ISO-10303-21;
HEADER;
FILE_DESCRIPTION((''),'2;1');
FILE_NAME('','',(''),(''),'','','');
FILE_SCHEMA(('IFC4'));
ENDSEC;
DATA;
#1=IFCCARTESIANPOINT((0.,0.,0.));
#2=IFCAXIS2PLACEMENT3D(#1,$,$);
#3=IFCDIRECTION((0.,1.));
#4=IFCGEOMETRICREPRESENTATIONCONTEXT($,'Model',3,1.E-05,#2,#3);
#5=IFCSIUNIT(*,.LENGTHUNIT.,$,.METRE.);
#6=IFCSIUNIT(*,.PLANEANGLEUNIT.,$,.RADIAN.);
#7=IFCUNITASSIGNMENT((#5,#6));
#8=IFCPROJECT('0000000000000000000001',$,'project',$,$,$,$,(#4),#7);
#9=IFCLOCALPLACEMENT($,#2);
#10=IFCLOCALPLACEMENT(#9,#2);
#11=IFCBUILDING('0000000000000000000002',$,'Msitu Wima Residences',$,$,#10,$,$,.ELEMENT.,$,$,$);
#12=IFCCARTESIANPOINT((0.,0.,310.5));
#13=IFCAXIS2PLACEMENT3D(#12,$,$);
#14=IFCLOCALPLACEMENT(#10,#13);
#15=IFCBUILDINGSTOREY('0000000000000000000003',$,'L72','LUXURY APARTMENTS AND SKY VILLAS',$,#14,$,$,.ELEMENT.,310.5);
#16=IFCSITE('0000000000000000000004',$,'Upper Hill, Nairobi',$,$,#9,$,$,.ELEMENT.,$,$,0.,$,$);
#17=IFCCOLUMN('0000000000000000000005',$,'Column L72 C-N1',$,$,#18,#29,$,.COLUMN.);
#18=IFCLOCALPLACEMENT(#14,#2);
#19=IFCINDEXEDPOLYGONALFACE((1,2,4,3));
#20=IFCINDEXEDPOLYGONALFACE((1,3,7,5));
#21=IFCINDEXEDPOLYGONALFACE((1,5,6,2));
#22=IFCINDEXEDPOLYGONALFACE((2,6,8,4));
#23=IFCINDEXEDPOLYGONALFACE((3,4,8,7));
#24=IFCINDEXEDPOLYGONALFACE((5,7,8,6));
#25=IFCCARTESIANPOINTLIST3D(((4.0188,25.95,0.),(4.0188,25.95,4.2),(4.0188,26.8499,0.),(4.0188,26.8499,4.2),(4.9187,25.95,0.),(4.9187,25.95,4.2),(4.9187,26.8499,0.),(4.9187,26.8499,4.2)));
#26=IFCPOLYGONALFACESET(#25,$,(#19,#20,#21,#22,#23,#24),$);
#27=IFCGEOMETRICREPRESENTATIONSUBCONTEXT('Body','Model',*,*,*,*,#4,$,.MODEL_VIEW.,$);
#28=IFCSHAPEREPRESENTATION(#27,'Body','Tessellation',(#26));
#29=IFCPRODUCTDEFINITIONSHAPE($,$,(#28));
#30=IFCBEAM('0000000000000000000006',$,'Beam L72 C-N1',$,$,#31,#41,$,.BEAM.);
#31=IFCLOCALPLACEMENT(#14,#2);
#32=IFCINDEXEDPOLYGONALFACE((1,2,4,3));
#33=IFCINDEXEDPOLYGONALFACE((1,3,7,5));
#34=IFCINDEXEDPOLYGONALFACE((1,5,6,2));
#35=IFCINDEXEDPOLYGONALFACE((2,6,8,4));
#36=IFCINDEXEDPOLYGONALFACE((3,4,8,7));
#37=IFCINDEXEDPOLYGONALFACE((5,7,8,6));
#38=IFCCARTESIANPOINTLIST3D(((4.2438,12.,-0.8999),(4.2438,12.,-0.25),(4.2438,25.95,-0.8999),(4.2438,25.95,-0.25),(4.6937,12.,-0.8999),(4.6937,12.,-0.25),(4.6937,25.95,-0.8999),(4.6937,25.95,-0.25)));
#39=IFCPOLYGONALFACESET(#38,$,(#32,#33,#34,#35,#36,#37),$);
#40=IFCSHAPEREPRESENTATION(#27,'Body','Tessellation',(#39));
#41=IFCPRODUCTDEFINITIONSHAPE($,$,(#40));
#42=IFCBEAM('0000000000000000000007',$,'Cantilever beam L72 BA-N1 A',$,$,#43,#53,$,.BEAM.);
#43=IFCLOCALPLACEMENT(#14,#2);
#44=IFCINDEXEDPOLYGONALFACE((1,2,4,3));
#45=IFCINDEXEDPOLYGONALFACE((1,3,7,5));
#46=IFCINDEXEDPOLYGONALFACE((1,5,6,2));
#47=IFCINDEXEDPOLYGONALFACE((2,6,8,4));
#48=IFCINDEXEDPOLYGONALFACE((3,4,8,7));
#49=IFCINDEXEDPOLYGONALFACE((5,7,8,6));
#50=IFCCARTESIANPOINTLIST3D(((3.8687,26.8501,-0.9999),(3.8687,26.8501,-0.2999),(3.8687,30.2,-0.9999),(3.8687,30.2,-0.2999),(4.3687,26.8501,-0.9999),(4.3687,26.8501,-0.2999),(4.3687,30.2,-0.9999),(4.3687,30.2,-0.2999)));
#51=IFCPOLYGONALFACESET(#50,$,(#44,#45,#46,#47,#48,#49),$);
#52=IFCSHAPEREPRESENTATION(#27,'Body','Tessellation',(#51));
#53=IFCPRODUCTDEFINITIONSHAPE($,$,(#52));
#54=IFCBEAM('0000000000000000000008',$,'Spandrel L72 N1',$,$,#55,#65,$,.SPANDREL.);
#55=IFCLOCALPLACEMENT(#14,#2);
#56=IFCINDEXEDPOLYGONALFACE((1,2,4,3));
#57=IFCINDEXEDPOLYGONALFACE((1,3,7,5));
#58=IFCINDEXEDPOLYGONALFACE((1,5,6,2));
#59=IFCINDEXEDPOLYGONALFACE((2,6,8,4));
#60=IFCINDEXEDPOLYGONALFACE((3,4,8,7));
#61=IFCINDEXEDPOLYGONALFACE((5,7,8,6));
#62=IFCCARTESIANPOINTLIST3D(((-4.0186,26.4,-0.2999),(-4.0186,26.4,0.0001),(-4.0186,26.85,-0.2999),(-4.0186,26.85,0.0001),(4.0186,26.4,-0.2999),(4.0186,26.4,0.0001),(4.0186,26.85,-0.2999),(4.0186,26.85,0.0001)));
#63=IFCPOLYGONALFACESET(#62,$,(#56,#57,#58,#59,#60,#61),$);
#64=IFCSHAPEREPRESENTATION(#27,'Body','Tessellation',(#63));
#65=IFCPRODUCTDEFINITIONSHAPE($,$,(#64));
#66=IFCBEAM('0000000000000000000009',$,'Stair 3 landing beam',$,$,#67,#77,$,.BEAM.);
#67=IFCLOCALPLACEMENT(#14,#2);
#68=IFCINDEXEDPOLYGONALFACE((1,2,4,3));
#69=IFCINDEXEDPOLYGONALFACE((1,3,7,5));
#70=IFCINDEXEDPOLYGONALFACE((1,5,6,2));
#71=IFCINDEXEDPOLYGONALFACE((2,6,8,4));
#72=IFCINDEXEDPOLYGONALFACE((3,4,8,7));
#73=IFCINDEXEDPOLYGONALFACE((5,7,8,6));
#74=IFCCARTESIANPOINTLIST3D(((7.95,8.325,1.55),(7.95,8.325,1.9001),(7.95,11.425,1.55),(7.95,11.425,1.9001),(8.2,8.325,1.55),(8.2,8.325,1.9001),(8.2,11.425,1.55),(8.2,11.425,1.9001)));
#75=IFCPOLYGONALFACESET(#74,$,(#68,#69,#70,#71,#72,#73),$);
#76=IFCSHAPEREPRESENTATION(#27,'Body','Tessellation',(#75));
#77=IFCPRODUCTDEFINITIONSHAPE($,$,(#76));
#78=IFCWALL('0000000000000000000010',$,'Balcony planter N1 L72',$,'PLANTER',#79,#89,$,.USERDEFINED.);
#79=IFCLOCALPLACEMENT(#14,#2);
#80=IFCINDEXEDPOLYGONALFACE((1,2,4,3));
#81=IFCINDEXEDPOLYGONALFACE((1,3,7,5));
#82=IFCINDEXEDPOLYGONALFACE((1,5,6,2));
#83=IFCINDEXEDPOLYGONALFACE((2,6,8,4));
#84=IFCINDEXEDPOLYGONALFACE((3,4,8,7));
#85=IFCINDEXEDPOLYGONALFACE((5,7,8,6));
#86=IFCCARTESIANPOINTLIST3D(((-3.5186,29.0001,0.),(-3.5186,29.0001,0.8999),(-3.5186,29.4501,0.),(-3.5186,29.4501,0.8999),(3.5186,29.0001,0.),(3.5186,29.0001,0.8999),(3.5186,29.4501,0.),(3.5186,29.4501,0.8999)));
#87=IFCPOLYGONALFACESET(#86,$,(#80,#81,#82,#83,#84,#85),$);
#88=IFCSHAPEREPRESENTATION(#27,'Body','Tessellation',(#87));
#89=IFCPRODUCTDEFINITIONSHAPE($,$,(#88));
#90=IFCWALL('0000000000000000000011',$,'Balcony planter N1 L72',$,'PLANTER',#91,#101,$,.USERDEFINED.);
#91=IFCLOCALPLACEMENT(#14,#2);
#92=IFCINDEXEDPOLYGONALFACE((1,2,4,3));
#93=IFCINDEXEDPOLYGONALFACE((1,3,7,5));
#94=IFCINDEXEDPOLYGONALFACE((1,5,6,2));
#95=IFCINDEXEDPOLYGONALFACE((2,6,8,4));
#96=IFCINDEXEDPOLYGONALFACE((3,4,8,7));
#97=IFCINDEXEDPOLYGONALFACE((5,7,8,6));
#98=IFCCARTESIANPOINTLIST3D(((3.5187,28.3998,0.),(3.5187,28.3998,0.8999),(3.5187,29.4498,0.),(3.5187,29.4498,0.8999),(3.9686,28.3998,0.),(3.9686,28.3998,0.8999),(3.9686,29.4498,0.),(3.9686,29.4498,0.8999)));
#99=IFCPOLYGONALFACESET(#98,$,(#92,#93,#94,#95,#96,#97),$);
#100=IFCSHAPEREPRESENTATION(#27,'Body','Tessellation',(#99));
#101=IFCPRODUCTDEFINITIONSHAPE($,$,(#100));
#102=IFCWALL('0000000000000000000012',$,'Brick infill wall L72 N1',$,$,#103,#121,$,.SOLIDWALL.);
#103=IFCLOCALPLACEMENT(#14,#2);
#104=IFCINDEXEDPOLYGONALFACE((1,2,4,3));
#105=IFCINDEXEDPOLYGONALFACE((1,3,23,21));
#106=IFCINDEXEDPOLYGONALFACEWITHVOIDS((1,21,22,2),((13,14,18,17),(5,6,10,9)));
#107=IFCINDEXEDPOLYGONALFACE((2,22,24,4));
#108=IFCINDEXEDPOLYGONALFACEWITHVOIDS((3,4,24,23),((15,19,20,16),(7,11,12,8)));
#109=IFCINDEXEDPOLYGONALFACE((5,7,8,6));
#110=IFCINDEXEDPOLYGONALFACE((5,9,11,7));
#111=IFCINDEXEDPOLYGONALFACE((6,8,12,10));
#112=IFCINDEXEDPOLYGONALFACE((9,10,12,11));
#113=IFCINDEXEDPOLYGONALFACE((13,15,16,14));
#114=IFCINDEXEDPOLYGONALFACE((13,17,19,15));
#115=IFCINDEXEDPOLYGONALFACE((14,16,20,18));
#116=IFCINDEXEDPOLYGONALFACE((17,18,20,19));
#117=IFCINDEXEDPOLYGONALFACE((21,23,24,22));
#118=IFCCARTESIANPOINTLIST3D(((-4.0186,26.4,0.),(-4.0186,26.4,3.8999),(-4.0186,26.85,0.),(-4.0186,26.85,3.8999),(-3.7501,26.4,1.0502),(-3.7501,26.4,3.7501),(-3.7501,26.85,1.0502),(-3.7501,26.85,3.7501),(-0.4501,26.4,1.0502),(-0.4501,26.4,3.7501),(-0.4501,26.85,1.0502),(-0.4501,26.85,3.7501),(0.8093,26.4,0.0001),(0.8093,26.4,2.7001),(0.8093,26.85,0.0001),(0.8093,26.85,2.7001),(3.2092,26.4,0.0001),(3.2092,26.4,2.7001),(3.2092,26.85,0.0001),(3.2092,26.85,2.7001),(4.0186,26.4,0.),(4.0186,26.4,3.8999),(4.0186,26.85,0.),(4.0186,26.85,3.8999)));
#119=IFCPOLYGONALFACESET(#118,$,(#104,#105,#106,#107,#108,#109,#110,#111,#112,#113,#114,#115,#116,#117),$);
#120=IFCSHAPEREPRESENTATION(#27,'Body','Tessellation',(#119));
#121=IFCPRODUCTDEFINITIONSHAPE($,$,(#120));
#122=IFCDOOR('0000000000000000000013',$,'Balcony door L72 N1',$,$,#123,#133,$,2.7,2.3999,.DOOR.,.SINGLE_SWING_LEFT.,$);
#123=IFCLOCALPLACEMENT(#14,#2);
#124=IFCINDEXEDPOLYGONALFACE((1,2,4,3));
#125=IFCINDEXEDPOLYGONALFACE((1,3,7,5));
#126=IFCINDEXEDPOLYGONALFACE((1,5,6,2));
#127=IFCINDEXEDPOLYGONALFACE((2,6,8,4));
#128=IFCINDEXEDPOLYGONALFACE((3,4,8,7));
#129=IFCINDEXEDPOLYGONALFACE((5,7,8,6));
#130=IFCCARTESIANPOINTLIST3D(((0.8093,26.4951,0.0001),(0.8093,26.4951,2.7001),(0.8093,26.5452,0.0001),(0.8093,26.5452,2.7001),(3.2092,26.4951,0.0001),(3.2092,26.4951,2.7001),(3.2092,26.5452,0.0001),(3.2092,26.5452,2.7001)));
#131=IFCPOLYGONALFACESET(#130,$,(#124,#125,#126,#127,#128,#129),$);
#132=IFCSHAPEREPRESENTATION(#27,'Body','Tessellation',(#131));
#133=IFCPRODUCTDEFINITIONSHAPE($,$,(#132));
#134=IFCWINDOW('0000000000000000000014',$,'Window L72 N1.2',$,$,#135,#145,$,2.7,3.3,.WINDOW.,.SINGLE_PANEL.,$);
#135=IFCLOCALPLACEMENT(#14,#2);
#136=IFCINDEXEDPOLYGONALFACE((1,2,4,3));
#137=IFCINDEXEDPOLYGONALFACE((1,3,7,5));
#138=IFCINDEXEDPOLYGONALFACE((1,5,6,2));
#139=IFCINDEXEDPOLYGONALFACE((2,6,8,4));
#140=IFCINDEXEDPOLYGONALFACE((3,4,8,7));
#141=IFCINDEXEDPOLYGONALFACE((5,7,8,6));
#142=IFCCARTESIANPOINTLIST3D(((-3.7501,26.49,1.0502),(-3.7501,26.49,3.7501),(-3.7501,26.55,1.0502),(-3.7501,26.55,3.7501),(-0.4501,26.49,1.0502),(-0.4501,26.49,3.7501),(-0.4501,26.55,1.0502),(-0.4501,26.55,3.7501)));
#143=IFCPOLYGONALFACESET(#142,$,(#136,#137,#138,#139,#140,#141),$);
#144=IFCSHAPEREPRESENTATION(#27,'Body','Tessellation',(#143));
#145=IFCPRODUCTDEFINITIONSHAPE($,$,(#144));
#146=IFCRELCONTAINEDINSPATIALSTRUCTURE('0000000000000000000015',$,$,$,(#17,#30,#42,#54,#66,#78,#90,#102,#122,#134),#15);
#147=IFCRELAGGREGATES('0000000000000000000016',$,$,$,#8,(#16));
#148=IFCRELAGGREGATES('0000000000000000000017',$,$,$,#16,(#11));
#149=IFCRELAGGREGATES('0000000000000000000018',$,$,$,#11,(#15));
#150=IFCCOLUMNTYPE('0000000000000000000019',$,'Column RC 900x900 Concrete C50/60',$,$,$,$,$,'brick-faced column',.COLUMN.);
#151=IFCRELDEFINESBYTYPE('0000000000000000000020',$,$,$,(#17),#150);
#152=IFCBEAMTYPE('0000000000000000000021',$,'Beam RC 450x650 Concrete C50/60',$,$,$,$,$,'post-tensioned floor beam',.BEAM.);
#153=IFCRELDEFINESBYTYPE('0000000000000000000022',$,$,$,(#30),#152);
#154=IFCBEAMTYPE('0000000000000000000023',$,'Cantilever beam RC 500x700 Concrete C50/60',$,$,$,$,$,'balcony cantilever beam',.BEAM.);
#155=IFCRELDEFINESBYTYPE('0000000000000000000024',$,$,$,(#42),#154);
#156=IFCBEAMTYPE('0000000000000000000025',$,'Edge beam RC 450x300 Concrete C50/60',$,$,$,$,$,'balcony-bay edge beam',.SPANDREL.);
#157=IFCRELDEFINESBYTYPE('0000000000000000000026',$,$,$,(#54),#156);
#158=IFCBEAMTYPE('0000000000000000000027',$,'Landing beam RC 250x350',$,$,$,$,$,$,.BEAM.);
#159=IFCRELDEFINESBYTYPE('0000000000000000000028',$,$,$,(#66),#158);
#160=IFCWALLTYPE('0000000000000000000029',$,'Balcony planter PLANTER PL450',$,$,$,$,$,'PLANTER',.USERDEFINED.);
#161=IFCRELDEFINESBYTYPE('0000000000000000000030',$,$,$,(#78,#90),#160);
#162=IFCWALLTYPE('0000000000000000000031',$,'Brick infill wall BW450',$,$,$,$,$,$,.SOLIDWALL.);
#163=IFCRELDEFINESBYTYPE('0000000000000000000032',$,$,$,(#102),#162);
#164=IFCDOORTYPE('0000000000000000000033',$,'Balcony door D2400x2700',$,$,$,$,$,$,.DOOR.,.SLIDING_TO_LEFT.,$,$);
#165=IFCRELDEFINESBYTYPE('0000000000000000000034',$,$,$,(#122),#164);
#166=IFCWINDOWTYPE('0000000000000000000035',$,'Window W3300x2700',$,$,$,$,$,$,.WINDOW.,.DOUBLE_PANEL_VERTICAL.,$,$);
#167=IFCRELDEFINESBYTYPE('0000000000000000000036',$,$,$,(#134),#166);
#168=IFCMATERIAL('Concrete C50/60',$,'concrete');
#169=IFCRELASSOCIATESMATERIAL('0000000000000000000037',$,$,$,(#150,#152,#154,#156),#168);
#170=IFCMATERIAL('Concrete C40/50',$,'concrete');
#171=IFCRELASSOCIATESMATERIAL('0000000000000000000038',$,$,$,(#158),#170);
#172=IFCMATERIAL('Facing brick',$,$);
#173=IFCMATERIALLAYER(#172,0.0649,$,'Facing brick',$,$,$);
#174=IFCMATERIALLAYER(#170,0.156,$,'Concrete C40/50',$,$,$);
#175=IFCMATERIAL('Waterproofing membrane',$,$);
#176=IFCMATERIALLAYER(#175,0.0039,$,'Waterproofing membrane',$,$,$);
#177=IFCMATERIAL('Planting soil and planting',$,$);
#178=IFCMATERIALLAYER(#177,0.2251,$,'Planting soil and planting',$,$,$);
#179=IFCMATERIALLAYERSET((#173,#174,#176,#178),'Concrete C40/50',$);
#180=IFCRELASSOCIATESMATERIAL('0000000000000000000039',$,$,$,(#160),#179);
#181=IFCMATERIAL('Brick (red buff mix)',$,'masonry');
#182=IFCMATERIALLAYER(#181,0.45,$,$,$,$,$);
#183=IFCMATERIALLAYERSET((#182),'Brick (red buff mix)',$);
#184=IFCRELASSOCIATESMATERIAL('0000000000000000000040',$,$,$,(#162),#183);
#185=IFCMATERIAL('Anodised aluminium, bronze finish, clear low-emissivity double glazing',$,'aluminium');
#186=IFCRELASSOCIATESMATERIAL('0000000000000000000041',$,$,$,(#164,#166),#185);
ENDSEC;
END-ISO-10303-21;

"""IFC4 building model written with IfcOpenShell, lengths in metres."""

from ifc_helpers import new_model, si_unit, direction, frame, frame_2d, origin, origin_2d, place, context, subcontext, project, spatial, rectangle, extrude, material, layer, layer_set, material_profile, profile_set, type_object, element, fill, save


model = new_model("IFC4")

# Units and contexts
model_context = context("Model", 3, precision=1e-05, world=origin(), true_north=direction((0.0, 1.0)))
body_context = subcontext(model_context, "Body", "Model", "MODEL_VIEW")
ifc_project = project(units=[si_unit("LENGTHUNIT", "METRE"), si_unit("PLANEANGLEUNIT", "RADIAN")], contexts=[model_context])

# Site, building, storey
site_placement = place(None, origin())
site = spatial("IfcSite", under=ifc_project, at=site_placement, Name="Upper Hill, Nairobi", CompositionType="ELEMENT", RefElevation=0.0)
building_placement = place(site_placement, origin())
building = spatial("IfcBuilding", under=site, at=building_placement, Name="Msitu Wima Residences", CompositionType="ELEMENT")
storey_placement = place(building_placement, frame((0.0, 0.0, 310.5)))
storey = spatial("IfcBuildingStorey", under=building, at=storey_placement, Name="L72", Description="LUXURY APARTMENTS AND SKY VILLAS", CompositionType="ELEMENT", Elevation=310.5)

# Column
ifc_material_1 = material(Name="Concrete C50/60", Category="concrete")
ifc_material_profile_1 = material_profile(ifc_material_1, rectangle(XDim=0.8999, YDim=0.8999, at=origin_2d()), Name="RC 900x900")
ifc_profile_set_1 = profile_set([ifc_material_profile_1], Name="Concrete C50/60")
column_type = type_object("IfcColumnType", Name="Column RC 900x900 Concrete C50/60", ElementType="brick-faced column", PredefinedType="COLUMN", material=ifc_profile_set_1)
column_placement = place(storey_placement, frame((4.4688, 26.3999, 0.0), z_axis=(0.0, 0.0, 1.0), x_axis=(-1.0, 0.0, 0.0)))
element("IfcColumn", 1, at=column_placement, inside=storey, type_object=column_type, Name="Column L72 C-N1", PredefinedType="COLUMN", context=body_context, shape_type="SweptSolid", body=[
    extrude(rectangle(XDim=0.8999, YDim=0.8999, at=origin_2d()), origin(), (0.0, 0.0, 1.0), 4.2),
])

# Beams
ifc_material_profile_2 = material_profile(ifc_material_1, rectangle(XDim=0.45, YDim=0.6499, at=origin_2d()), Name="RC 450x650")
ifc_profile_set_2 = profile_set([ifc_material_profile_2], Name="Concrete C50/60")
beam_type_1 = type_object("IfcBeamType", Name="Beam RC 450x650 Concrete C50/60", ElementType="post-tensioned floor beam", PredefinedType="BEAM", material=ifc_profile_set_2)
beam_1_placement = place(storey_placement, frame((4.4688, 25.95, -0.575), z_axis=(0.0, -1.0, 0.0), x_axis=(1.0, 0.0, 0.0)))
element("IfcBeam", 2, at=beam_1_placement, inside=storey, type_object=beam_type_1, Name="Beam L72 C-N1", PredefinedType="BEAM", context=body_context, shape_type="SweptSolid", body=[
    extrude(rectangle(XDim=0.45, YDim=0.6499, at=origin_2d()), origin(), (0.0, 0.0, 1.0), 13.95),
])
ifc_material_profile_3 = material_profile(ifc_material_1, rectangle(XDim=0.5, YDim=0.7, at=origin_2d()), Name="RC 500x700")
ifc_profile_set_3 = profile_set([ifc_material_profile_3], Name="Concrete C50/60")
beam_type_2 = type_object("IfcBeamType", Name="Cantilever beam RC 500x700 Concrete C50/60", ElementType="balcony cantilever beam", PredefinedType="BEAM", material=ifc_profile_set_3)
beam_2_placement = place(storey_placement, frame((4.1187, 26.8501, -0.6499), z_axis=(0.0, 1.0, 0.0), x_axis=(-1.0, 0.0, 0.0)))
element("IfcBeam", 3, at=beam_2_placement, inside=storey, type_object=beam_type_2, Name="Cantilever beam L72 BA-N1 A", PredefinedType="BEAM", context=body_context, shape_type="SweptSolid", body=[
    extrude(rectangle(XDim=0.5, YDim=0.7, at=origin_2d()), origin(), (0.0, 0.0, 1.0), 3.3499),
])
ifc_material_profile_4 = material_profile(ifc_material_1, rectangle(XDim=0.45, YDim=0.3, at=origin_2d()), Name="RC 450x300")
ifc_profile_set_4 = profile_set([ifc_material_profile_4], Name="Concrete C50/60")
beam_type_3 = type_object("IfcBeamType", Name="Edge beam RC 450x300 Concrete C50/60", ElementType="balcony-bay edge beam", PredefinedType="SPANDREL", material=ifc_profile_set_4)
beam_3_placement = place(storey_placement, frame((4.0186, 26.625, -0.1499), z_axis=(-1.0, 0.0, 0.0), x_axis=(0.0, -1.0, 0.0)))
element("IfcBeam", 4, at=beam_3_placement, inside=storey, type_object=beam_type_3, Name="Spandrel L72 N1", PredefinedType="SPANDREL", context=body_context, shape_type="SweptSolid", body=[
    extrude(rectangle(XDim=0.45, YDim=0.3, at=origin_2d()), origin(), (0.0, 0.0, 1.0), 8.0371),
])
ifc_material_2 = material(Name="Concrete C40/50", Category="concrete")
ifc_material_profile_5 = material_profile(ifc_material_2, rectangle(XDim=0.25, YDim=0.3501, at=origin_2d()), Name="RC 250x350")
ifc_profile_set_5 = profile_set([ifc_material_profile_5], Name="Concrete C40/50")
beam_type_4 = type_object("IfcBeamType", Name="Landing beam RC 250x350", PredefinedType="BEAM", material=ifc_profile_set_5)
beam_4_placement = place(storey_placement, frame((8.075, 8.325, 1.7251), z_axis=(0.0, 1.0, 0.0), x_axis=(-1.0, 0.0, 0.0)))
element("IfcBeam", 5, at=beam_4_placement, inside=storey, type_object=beam_type_4, Name="Stair 3 landing beam", PredefinedType="BEAM", context=body_context, shape_type="SweptSolid", body=[
    extrude(rectangle(XDim=0.25, YDim=0.3501, at=origin_2d()), origin(), (0.0, 0.0, 1.0), 3.1001),
])

# Walls
ifc_material_3 = material(Name="Facing brick")
ifc_layer_1 = layer(ifc_material_3, 0.0649, Name="Facing brick")
ifc_layer_2 = layer(ifc_material_2, 0.156, Name="Concrete C40/50")
ifc_material_4 = material(Name="Waterproofing membrane")
ifc_layer_3 = layer(ifc_material_4, 0.0039, Name="Waterproofing membrane")
ifc_material_5 = material(Name="Planting soil and planting")
ifc_layer_4 = layer(ifc_material_5, 0.2251, Name="Planting soil and planting")
ifc_layer_set_1 = layer_set([ifc_layer_1, ifc_layer_2, ifc_layer_3, ifc_layer_4], Name="Concrete C40/50")
wall_type_1 = type_object("IfcWallType", Name="Balcony planter PLANTER PL450", ElementType="PLANTER", PredefinedType="USERDEFINED", material=ifc_layer_set_1)
wall_1_placement = place(storey_placement, frame((3.5186, 29.2251, 0.0), z_axis=(0.0, 0.0, 1.0), x_axis=(-1.0, 0.0, 0.0)))
element("IfcWall", 6, at=wall_1_placement, inside=storey, type_object=wall_type_1, Name="Balcony planter N1 L72", ObjectType="PLANTER", PredefinedType="USERDEFINED", context=body_context, shape_type="SweptSolid", body=[
    extrude(rectangle(XDim=7.0371, YDim=0.45, at=frame_2d((3.5186, 0.0))), origin(), (0.0, 0.0, 1.0), 0.8999),
])
wall_2_placement = place(storey_placement, frame((3.7437, 28.3999, 0.0), z_axis=(0.0, 0.0, 1.0), x_axis=(0.0, 1.0, 0.0)))
element("IfcWall", 7, at=wall_2_placement, inside=storey, type_object=wall_type_1, Name="Balcony planter N1 L72", ObjectType="PLANTER", PredefinedType="USERDEFINED", context=body_context, shape_type="SweptSolid", body=[
    extrude(rectangle(XDim=1.05, YDim=0.45, at=frame_2d((0.5249, 0.0))), origin(), (0.0, 0.0, 1.0), 0.8999),
])

# Wall, openings, door, window
ifc_material_6 = material(Name="Brick (red buff mix)", Category="masonry")
ifc_layer_5 = layer(ifc_material_6, 0.45)
ifc_layer_set_2 = layer_set([ifc_layer_5], Name="Brick (red buff mix)")
wall_type_2 = type_object("IfcWallType", Name="Brick infill wall BW450", PredefinedType="SOLIDWALL", material=ifc_layer_set_2)
wall_3_placement = place(storey_placement, frame((4.0186, 26.625, 0.0), z_axis=(0.0, 0.0, 1.0), x_axis=(-1.0, 0.0, 0.0)))
wall_3 = element("IfcWall", 8, at=wall_3_placement, inside=storey, type_object=wall_type_2, Name="Brick infill wall L72 N1", PredefinedType="SOLIDWALL", context=body_context, shape_type="SweptSolid", body=[
    extrude(rectangle(XDim=8.0371, YDim=0.45, at=frame_2d((4.0186, 0.0))), origin(), (0.0, 0.0, 1.0), 3.8999),
])
opening_1_placement = place(wall_3_placement, frame((0.8093, 0.0, 0.0)))
opening_1 = element("IfcOpeningElement", 9, at=opening_1_placement, cuts=wall_3, PredefinedType="OPENING", context=body_context, shape_type="SweptSolid", body=[
    extrude(rectangle(XDim=2.3999, YDim=2.7, at=frame_2d((1.2, 1.3501))), frame((0.0, 0.2349, 0.0), z_axis=(0.0, -1.0, 0.0), x_axis=(1.0, 0.0, 0.0)), (0.0, 0.0, 1.0), 0.47),
])
opening_2_placement = place(wall_3_placement, frame((4.4688, 0.0, 1.05)))
opening_2 = element("IfcOpeningElement", 10, at=opening_2_placement, cuts=wall_3, PredefinedType="OPENING", context=body_context, shape_type="SweptSolid", body=[
    extrude(rectangle(XDim=3.3, YDim=2.7, at=frame_2d((1.6499, 1.3501))), frame((0.0, 0.2349, 0.0), z_axis=(0.0, -1.0, 0.0), x_axis=(1.0, 0.0, 0.0)), (0.0, 0.0, 1.0), 0.47),
])
ifc_material_7 = material(Name="Anodised aluminium, bronze finish, clear low-emissivity double glazing", Category="aluminium")
door_type_1 = type_object("IfcDoorType", Name="Balcony door D2400x2700", OperationType="SLIDING_TO_LEFT", PredefinedType="DOOR", material=ifc_material_7)
door_1_placement = place(opening_1_placement, origin())
door_1 = element("IfcDoor", 11, at=door_1_placement, inside=storey, type_object=door_type_1, Name="Balcony door L72 N1", OperationType="SINGLE_SWING_LEFT", OverallHeight=2.7, OverallWidth=2.3999, PredefinedType="DOOR", context=body_context, shape_type="SweptSolid", body=[
    extrude(rectangle(XDim=2.3999, YDim=2.7, at=frame_2d((1.2, 1.3501))), frame((0.0, 0.1299, 0.0), z_axis=(0.0, -1.0, 0.0), x_axis=(1.0, 0.0, 0.0)), (0.0, 0.0, 1.0), 0.05),
])
fill(opening_1, door_1)
window_type = type_object("IfcWindowType", Name="Window W3300x2700", PartitioningType="DOUBLE_PANEL_VERTICAL", PredefinedType="WINDOW", material=ifc_material_7)
window_placement = place(opening_2_placement, origin())
window = element("IfcWindow", 12, at=window_placement, inside=storey, type_object=window_type, Name="Window L72 N1.2", OverallHeight=2.7, OverallWidth=3.3, PartitioningType="SINGLE_PANEL", PredefinedType="WINDOW", context=body_context, shape_type="SweptSolid", body=[
    extrude(rectangle(XDim=3.3, YDim=2.7, at=frame_2d((1.6499, 1.3501))), frame((0.0, 0.135, 0.0), z_axis=(0.0, -1.0, 0.0), x_axis=(1.0, 0.0, 0.0)), (0.0, 0.0, 1.0), 0.0601),
])
fill(opening_2, window)

save(model, "model.ifc")
